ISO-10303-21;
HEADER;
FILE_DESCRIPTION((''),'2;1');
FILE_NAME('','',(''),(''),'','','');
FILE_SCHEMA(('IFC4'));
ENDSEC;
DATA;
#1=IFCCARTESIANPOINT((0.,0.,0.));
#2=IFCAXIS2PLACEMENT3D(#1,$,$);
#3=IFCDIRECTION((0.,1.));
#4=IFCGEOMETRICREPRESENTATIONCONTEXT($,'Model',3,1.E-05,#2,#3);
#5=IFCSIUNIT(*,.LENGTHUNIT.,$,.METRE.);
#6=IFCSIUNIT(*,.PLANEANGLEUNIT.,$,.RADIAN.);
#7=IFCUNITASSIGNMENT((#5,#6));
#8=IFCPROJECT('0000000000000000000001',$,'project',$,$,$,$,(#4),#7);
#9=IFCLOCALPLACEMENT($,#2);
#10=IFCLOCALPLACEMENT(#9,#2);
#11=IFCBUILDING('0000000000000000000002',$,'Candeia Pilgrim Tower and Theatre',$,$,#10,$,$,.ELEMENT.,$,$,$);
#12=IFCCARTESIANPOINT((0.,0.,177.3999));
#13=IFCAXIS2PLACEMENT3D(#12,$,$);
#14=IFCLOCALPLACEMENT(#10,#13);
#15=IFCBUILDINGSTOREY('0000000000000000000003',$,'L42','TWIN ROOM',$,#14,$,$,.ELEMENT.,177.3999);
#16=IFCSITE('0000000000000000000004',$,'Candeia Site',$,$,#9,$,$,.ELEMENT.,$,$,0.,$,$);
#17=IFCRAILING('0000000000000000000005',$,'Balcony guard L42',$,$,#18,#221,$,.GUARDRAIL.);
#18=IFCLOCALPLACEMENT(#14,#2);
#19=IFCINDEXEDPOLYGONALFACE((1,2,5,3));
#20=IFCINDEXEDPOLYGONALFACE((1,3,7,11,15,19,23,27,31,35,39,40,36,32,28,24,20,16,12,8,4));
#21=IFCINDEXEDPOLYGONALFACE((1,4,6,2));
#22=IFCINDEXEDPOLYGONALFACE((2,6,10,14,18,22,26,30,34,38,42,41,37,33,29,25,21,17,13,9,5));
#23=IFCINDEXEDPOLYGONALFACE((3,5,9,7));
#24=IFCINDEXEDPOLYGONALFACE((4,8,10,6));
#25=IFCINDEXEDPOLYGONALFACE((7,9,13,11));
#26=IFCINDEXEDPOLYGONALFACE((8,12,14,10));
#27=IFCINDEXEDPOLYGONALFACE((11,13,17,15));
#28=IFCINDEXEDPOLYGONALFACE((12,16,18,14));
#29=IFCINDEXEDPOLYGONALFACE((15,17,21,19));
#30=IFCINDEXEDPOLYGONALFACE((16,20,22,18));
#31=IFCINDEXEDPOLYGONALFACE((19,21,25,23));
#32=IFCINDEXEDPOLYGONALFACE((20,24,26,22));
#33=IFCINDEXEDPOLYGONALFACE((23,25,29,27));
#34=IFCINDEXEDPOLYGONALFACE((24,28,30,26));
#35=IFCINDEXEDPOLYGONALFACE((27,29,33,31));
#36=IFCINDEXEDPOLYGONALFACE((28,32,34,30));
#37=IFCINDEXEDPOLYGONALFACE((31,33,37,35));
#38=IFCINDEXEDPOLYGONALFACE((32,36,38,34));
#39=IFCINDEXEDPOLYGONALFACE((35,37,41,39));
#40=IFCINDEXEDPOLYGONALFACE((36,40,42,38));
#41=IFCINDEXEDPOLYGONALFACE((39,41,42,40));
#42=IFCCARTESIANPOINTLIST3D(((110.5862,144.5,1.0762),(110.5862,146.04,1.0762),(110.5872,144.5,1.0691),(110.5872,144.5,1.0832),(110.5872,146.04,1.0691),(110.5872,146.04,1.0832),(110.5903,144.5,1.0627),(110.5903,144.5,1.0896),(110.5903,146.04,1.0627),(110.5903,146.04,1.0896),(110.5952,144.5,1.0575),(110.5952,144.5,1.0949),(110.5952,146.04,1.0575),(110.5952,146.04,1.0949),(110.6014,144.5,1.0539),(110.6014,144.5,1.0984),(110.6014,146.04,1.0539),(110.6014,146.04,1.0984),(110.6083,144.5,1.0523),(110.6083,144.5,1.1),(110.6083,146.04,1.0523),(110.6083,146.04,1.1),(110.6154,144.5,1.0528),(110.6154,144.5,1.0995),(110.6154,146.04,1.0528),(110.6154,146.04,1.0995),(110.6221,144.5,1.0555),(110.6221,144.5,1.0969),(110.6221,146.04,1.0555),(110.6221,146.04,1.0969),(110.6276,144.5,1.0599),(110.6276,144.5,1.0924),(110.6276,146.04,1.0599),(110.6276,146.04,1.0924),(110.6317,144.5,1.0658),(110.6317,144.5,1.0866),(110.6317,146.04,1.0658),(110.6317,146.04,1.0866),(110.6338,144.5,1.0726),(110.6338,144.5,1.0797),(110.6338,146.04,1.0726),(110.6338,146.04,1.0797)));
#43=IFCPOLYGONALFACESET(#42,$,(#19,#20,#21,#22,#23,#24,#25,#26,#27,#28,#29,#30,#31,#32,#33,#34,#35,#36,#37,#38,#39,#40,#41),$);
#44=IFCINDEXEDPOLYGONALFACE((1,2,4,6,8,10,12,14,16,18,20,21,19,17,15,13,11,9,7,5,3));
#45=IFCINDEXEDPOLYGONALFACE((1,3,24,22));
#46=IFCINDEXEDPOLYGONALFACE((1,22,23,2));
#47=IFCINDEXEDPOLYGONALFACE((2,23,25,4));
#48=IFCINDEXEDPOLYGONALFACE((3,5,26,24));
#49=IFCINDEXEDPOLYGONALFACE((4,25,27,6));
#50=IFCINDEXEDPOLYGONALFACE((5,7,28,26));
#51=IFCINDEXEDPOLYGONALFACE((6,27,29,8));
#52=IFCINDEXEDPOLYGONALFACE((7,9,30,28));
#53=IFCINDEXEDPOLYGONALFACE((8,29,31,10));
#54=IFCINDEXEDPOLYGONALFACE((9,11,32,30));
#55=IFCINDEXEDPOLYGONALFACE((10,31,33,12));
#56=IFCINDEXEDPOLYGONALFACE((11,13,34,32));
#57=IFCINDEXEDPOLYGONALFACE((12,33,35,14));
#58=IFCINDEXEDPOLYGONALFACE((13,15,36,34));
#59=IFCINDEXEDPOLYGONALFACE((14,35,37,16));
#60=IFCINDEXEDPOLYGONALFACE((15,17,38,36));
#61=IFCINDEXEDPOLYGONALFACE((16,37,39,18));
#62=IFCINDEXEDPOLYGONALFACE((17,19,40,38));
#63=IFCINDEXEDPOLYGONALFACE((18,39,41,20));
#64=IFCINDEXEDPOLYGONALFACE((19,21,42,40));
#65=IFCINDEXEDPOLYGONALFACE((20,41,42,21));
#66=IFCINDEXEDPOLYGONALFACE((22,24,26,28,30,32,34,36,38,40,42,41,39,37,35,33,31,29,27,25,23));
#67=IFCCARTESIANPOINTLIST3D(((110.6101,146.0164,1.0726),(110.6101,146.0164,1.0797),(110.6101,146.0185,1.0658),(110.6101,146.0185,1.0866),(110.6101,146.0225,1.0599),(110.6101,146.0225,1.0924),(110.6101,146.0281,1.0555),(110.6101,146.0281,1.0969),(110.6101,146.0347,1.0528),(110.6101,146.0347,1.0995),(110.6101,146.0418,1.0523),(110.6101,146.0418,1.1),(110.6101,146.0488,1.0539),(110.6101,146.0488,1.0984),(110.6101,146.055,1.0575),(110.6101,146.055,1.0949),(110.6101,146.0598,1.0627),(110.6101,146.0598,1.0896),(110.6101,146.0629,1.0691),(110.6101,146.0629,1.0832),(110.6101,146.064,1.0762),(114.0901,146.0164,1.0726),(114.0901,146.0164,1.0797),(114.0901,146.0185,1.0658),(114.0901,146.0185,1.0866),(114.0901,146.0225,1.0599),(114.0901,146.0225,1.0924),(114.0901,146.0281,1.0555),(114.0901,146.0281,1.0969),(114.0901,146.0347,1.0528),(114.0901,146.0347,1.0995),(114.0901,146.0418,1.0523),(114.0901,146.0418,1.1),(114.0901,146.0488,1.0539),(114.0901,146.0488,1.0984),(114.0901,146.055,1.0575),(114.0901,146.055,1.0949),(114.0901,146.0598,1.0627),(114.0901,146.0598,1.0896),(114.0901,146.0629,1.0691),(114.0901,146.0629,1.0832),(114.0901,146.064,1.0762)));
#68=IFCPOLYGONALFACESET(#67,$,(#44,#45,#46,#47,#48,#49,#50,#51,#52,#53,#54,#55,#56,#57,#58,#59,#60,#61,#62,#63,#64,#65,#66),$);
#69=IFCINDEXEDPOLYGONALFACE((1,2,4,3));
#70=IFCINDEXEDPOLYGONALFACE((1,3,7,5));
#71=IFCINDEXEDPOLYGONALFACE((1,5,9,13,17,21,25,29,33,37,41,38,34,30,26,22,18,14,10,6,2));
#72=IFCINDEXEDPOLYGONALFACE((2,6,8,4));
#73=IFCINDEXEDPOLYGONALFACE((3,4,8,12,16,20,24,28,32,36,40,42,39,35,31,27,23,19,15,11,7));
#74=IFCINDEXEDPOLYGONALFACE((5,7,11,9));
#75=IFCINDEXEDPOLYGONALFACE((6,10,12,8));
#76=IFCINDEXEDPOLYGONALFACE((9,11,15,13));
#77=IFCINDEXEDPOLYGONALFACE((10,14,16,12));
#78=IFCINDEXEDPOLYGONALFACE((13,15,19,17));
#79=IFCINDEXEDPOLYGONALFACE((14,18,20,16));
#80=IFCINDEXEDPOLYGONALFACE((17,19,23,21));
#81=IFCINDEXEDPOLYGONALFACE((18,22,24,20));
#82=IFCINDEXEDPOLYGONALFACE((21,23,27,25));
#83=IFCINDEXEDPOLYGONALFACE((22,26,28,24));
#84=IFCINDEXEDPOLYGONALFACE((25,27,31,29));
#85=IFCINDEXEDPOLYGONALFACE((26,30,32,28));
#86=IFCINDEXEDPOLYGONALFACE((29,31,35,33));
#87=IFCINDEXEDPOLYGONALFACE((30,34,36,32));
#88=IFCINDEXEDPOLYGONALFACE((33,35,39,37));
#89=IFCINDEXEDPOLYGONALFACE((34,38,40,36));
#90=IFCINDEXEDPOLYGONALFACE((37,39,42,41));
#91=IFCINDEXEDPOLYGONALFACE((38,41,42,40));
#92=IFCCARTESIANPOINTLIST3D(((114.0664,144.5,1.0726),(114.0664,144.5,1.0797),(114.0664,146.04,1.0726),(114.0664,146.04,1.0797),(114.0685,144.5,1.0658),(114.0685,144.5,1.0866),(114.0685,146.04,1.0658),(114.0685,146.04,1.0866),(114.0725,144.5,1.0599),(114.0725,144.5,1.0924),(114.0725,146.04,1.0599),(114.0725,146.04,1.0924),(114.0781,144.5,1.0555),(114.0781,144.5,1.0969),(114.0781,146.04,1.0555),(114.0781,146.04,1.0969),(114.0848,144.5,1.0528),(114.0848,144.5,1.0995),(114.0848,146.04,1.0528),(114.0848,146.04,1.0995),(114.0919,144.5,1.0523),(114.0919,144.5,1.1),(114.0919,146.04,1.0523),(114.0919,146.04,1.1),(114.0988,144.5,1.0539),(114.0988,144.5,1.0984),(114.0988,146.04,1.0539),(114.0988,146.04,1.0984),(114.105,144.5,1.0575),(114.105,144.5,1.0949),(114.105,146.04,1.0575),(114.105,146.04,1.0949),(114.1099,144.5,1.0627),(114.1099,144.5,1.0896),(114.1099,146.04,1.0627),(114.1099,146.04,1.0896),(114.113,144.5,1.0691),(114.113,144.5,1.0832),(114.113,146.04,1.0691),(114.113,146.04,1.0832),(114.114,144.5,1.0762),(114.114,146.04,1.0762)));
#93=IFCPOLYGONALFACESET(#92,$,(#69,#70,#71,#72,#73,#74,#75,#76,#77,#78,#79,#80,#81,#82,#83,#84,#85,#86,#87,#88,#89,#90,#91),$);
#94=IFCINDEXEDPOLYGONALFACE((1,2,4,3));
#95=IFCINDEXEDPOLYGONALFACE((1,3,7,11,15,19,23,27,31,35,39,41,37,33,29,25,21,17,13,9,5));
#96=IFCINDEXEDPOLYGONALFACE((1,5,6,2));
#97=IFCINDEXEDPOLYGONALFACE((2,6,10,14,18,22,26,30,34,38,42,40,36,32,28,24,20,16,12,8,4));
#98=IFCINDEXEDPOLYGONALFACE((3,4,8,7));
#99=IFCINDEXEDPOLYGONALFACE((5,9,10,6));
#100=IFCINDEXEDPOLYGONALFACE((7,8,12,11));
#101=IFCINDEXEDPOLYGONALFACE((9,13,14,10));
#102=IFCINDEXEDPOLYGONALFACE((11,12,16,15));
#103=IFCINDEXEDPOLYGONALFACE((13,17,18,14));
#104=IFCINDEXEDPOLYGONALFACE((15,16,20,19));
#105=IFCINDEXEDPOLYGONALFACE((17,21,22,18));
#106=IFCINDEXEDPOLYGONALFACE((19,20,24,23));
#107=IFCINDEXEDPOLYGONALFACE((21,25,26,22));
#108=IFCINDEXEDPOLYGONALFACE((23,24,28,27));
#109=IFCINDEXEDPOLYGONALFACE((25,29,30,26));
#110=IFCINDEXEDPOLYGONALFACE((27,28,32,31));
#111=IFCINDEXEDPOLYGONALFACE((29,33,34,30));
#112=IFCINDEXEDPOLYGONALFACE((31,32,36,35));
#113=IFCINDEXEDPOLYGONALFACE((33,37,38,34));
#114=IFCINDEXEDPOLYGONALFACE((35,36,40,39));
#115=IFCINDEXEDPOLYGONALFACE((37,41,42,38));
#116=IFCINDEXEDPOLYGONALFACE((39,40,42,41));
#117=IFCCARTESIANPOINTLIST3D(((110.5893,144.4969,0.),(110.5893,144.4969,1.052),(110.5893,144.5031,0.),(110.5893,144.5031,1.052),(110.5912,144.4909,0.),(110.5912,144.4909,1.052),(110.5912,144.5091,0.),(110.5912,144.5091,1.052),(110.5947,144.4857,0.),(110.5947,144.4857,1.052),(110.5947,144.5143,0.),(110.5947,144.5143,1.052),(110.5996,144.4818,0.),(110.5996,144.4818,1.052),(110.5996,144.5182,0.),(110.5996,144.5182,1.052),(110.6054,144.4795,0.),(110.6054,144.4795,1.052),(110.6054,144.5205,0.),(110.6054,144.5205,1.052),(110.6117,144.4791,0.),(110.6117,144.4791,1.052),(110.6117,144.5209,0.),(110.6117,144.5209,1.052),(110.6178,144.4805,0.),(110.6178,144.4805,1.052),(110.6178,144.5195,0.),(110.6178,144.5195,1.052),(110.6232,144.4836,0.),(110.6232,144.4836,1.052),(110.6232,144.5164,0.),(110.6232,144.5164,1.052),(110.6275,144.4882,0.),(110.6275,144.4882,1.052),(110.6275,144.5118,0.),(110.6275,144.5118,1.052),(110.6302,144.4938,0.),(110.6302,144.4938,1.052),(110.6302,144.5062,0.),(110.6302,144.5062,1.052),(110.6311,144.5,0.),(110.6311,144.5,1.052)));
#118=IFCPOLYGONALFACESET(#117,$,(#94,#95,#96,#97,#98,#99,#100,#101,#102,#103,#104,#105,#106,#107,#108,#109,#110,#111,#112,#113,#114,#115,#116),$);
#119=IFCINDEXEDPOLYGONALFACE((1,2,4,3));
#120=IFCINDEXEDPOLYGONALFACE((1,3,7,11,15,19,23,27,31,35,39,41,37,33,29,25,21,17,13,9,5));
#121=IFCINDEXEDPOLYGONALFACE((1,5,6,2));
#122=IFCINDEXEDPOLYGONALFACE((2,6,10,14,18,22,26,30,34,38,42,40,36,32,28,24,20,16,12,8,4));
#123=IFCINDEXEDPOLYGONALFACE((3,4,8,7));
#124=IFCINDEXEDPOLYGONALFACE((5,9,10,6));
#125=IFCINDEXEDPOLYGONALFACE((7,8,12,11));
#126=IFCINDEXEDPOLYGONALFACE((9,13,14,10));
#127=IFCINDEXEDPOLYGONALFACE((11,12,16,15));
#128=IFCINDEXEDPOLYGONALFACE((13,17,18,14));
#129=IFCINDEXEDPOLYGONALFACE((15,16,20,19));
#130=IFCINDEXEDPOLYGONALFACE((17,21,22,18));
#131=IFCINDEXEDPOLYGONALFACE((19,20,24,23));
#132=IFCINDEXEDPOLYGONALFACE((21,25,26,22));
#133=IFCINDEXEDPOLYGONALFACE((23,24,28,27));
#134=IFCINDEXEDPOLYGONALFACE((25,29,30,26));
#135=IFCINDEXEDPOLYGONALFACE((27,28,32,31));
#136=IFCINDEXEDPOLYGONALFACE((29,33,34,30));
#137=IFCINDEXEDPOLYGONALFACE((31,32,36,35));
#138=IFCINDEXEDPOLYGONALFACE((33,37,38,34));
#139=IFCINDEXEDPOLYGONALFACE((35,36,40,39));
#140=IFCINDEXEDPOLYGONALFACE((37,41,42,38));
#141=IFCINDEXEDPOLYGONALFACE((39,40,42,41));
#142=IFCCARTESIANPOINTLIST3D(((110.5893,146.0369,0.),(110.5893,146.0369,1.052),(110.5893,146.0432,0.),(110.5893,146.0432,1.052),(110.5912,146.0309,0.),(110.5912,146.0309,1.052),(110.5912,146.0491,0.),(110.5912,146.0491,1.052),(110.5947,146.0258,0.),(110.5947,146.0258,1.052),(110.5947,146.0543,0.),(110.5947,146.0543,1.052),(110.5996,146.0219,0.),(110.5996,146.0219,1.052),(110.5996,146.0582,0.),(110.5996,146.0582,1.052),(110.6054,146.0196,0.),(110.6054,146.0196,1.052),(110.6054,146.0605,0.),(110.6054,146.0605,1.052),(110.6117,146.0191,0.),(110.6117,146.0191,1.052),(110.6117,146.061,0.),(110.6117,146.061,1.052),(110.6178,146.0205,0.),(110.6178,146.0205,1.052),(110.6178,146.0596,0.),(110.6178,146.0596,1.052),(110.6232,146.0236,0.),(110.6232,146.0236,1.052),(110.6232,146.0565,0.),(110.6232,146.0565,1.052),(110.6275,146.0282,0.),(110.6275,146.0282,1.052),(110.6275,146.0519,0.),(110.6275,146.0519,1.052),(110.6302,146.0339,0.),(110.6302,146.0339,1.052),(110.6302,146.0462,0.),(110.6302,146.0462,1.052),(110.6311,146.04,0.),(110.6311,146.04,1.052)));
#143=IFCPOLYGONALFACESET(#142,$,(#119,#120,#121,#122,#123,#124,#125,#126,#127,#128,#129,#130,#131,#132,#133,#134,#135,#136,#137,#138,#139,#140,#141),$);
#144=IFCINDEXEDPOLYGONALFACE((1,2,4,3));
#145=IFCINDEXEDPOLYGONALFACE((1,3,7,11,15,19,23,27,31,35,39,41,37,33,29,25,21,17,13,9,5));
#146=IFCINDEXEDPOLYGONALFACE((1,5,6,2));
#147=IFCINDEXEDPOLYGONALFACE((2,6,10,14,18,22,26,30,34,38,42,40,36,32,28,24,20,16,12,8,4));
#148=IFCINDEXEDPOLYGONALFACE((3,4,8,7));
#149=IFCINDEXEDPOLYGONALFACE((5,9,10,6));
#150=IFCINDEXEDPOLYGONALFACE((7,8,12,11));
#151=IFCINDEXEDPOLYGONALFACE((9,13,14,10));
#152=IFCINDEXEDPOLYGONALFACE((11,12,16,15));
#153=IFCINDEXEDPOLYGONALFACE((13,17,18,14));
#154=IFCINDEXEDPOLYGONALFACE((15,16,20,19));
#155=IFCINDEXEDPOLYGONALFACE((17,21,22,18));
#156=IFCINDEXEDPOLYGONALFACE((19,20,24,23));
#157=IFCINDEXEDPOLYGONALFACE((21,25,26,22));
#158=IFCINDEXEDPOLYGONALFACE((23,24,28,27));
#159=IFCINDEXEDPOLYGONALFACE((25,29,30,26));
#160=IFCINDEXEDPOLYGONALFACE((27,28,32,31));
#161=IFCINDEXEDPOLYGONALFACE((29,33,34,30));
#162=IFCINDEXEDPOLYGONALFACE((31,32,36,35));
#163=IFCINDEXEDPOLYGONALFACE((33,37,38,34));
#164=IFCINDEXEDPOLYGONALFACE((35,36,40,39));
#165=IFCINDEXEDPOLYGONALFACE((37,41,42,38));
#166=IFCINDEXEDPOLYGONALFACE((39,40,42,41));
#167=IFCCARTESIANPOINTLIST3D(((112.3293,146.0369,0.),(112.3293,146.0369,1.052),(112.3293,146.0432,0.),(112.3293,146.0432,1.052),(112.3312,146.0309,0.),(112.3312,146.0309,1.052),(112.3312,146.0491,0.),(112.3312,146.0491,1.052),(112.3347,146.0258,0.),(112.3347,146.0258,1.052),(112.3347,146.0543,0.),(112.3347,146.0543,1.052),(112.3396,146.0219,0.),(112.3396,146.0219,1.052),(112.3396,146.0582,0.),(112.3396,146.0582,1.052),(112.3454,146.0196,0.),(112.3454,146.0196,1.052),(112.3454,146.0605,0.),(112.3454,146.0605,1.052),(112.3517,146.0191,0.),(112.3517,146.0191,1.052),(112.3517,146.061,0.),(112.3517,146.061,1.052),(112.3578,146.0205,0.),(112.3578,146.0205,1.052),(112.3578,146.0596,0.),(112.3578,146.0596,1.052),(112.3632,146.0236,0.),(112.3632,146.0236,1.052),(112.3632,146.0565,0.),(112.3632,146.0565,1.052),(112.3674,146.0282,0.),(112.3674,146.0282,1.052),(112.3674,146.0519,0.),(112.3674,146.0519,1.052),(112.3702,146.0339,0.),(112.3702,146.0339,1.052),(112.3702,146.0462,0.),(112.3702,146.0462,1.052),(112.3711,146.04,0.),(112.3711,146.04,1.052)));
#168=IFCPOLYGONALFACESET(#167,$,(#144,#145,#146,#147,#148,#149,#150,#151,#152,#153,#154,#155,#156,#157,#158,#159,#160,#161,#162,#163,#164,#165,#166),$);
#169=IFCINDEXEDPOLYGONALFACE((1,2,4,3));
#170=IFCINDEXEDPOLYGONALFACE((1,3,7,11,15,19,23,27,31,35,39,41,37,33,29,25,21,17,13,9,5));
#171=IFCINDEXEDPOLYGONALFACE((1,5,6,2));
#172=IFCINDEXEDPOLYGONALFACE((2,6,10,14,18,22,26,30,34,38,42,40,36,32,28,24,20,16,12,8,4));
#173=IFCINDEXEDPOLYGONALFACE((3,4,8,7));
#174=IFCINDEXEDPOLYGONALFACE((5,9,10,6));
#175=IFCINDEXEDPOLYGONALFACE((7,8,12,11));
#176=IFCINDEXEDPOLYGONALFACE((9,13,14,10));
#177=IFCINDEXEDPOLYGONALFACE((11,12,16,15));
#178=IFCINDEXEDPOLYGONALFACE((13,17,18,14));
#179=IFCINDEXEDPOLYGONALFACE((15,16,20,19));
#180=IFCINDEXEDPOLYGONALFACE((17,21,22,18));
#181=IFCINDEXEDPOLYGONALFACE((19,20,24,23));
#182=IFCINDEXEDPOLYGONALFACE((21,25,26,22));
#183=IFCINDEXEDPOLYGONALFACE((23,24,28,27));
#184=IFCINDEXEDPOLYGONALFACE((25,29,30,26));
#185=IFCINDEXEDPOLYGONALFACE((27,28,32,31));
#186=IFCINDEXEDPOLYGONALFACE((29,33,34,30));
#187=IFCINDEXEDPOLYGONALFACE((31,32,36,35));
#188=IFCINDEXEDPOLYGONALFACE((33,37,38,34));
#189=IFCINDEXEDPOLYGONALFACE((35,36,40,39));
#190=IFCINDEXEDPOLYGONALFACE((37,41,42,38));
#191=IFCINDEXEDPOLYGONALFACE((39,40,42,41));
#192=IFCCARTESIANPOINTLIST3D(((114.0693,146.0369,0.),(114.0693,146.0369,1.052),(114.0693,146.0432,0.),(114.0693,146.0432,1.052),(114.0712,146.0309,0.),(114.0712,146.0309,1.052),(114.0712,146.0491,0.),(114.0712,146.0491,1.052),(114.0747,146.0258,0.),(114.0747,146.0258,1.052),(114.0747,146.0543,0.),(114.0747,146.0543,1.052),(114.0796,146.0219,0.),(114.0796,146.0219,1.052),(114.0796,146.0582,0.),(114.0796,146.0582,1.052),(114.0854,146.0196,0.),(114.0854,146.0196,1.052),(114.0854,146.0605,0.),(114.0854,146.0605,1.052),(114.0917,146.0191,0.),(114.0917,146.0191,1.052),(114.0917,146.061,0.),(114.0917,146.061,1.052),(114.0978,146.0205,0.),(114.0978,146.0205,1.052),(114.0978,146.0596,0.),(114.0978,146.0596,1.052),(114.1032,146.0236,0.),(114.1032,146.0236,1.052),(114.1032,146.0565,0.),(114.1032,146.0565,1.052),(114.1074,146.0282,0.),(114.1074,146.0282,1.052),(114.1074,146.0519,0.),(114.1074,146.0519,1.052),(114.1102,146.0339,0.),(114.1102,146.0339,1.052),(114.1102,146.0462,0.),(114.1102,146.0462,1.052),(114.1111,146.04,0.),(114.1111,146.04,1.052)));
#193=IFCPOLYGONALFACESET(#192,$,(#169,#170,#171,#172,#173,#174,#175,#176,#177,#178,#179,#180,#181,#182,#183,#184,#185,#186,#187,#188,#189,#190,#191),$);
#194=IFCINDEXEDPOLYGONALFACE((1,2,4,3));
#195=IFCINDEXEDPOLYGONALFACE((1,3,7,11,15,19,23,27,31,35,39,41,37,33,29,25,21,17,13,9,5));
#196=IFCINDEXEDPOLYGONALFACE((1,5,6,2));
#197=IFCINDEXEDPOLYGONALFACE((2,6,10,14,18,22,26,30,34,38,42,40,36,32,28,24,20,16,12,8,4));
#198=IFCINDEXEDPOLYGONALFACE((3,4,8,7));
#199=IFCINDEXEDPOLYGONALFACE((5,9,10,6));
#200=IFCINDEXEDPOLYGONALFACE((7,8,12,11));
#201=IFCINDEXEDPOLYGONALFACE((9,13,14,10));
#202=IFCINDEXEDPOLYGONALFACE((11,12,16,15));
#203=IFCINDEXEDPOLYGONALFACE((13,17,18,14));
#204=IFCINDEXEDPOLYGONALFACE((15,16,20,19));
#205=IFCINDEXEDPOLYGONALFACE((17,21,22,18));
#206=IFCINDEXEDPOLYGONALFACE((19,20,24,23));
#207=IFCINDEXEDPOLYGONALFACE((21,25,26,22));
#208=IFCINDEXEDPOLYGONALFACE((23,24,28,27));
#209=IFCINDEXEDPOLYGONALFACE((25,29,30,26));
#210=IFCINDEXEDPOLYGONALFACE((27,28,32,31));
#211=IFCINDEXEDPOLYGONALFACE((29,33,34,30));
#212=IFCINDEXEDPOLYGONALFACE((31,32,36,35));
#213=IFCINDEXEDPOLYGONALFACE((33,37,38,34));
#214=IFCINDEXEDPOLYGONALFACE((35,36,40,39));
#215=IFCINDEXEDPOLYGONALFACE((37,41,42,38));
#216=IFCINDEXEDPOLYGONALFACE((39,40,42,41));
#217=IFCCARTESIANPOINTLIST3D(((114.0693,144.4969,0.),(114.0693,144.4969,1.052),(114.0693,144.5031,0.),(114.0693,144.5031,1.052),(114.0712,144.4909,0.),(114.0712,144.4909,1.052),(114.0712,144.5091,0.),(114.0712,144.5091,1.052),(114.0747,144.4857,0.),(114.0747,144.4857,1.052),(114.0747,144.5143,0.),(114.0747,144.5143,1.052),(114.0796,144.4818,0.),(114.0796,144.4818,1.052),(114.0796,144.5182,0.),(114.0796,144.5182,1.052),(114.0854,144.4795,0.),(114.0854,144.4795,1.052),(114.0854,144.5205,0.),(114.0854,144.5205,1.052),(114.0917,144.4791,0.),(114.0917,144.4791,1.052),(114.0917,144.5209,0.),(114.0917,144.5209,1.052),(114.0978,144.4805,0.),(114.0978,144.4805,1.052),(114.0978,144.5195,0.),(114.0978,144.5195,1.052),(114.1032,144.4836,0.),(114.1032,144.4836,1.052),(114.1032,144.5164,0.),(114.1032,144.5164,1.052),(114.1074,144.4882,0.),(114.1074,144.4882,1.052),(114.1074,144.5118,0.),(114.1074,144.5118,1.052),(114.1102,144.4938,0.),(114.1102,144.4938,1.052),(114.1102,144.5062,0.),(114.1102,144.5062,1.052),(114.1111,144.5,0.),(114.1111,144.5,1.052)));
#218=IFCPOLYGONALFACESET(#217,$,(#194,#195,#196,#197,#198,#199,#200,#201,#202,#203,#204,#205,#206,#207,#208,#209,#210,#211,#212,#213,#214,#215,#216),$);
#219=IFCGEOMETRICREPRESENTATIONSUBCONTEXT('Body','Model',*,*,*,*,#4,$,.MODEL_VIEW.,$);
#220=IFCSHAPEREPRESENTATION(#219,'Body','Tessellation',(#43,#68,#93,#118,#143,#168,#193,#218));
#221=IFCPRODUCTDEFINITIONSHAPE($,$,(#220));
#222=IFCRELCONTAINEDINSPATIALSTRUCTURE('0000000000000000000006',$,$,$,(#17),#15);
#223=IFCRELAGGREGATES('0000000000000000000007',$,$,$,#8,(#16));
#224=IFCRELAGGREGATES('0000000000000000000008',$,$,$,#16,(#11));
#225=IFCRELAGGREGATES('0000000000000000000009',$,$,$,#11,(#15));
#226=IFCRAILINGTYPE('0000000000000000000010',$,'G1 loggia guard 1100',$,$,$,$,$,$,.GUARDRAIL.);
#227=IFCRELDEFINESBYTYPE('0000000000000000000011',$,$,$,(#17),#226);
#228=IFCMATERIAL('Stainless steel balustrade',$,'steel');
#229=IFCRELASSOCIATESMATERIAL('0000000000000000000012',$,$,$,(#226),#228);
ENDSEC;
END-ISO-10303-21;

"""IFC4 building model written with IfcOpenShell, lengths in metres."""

from ifc_helpers import new_model, si_unit, direction, frame, origin, origin_2d, place, context, subcontext, project, spatial, circle, extrude, material, type_object, element, save


model = new_model("IFC4")

# Units and contexts
model_context = context("Model", 3, precision=1e-05, world=origin(), true_north=direction((0.0, 1.0)))
body_context = subcontext(model_context, "Body", "Model", "MODEL_VIEW")
ifc_project = project(units=[si_unit("LENGTHUNIT", "METRE"), si_unit("PLANEANGLEUNIT", "RADIAN")], contexts=[model_context])

# Site, building, storey
site_placement = place(None, origin())
site = spatial("IfcSite", under=ifc_project, at=site_placement, Name="Candeia Site", CompositionType="ELEMENT", RefElevation=0.0)
building_placement = place(site_placement, origin())
building = spatial("IfcBuilding", under=site, at=building_placement, Name="Candeia Pilgrim Tower and Theatre", CompositionType="ELEMENT")
storey_placement = place(building_placement, frame((0.0, 0.0, 177.3999)))
storey = spatial("IfcBuildingStorey", under=building, at=storey_placement, Name="L42", Description="TWIN ROOM", CompositionType="ELEMENT", Elevation=177.3999)

# Railing
ifc_material_1 = material(Name="Stainless steel balustrade", Category="steel")
railing_type = type_object("IfcRailingType", Name="G1 loggia guard 1100", PredefinedType="GUARDRAIL", material=ifc_material_1)
railing_placement = place(storey_placement, frame((110.6101, 144.5, 0.0)))
element("IfcRailing", 1, at=railing_placement, inside=storey, type_object=railing_type, Name="Balcony guard L42", PredefinedType="GUARDRAIL", context=body_context, shape_type="SweptSolid", body=[
    extrude(circle(Radius=0.0239, at=origin_2d()), frame((0.0, 0.0, 1.0762), z_axis=(0.0, 1.0, 0.0), x_axis=(-1.0, 0.0, 0.0)), (0.0, 0.0, 1.0), 1.54),
    extrude(circle(Radius=0.0239, at=origin_2d()), frame((0.0, 1.54, 1.0762), z_axis=(1.0, 0.0, 0.0), x_axis=(0.0, 1.0, 0.0)), (0.0, 0.0, 1.0), 3.48),
    extrude(circle(Radius=0.0239, at=origin_2d()), frame((3.48, 1.54, 1.0762), z_axis=(0.0, -1.0, 0.0), x_axis=(1.0, 0.0, 0.0)), (0.0, 0.0, 1.0), 1.54),
    extrude(circle(Radius=0.021, at=origin_2d()), origin(), (0.0, 0.0, 1.0), 1.052),
    extrude(circle(Radius=0.021, at=origin_2d()), frame((0.0, 1.54, 0.0)), (0.0, 0.0, 1.0), 1.052),
    extrude(circle(Radius=0.021, at=origin_2d()), frame((1.74, 1.54, 0.0)), (0.0, 0.0, 1.0), 1.052),
    extrude(circle(Radius=0.021, at=origin_2d()), frame((3.48, 1.54, 0.0)), (0.0, 0.0, 1.0), 1.052),
    extrude(circle(Radius=0.021, at=origin_2d()), frame((3.48, 0.0, 0.0)), (0.0, 0.0, 1.0), 1.052),
])

save(model, "model.ifc")
